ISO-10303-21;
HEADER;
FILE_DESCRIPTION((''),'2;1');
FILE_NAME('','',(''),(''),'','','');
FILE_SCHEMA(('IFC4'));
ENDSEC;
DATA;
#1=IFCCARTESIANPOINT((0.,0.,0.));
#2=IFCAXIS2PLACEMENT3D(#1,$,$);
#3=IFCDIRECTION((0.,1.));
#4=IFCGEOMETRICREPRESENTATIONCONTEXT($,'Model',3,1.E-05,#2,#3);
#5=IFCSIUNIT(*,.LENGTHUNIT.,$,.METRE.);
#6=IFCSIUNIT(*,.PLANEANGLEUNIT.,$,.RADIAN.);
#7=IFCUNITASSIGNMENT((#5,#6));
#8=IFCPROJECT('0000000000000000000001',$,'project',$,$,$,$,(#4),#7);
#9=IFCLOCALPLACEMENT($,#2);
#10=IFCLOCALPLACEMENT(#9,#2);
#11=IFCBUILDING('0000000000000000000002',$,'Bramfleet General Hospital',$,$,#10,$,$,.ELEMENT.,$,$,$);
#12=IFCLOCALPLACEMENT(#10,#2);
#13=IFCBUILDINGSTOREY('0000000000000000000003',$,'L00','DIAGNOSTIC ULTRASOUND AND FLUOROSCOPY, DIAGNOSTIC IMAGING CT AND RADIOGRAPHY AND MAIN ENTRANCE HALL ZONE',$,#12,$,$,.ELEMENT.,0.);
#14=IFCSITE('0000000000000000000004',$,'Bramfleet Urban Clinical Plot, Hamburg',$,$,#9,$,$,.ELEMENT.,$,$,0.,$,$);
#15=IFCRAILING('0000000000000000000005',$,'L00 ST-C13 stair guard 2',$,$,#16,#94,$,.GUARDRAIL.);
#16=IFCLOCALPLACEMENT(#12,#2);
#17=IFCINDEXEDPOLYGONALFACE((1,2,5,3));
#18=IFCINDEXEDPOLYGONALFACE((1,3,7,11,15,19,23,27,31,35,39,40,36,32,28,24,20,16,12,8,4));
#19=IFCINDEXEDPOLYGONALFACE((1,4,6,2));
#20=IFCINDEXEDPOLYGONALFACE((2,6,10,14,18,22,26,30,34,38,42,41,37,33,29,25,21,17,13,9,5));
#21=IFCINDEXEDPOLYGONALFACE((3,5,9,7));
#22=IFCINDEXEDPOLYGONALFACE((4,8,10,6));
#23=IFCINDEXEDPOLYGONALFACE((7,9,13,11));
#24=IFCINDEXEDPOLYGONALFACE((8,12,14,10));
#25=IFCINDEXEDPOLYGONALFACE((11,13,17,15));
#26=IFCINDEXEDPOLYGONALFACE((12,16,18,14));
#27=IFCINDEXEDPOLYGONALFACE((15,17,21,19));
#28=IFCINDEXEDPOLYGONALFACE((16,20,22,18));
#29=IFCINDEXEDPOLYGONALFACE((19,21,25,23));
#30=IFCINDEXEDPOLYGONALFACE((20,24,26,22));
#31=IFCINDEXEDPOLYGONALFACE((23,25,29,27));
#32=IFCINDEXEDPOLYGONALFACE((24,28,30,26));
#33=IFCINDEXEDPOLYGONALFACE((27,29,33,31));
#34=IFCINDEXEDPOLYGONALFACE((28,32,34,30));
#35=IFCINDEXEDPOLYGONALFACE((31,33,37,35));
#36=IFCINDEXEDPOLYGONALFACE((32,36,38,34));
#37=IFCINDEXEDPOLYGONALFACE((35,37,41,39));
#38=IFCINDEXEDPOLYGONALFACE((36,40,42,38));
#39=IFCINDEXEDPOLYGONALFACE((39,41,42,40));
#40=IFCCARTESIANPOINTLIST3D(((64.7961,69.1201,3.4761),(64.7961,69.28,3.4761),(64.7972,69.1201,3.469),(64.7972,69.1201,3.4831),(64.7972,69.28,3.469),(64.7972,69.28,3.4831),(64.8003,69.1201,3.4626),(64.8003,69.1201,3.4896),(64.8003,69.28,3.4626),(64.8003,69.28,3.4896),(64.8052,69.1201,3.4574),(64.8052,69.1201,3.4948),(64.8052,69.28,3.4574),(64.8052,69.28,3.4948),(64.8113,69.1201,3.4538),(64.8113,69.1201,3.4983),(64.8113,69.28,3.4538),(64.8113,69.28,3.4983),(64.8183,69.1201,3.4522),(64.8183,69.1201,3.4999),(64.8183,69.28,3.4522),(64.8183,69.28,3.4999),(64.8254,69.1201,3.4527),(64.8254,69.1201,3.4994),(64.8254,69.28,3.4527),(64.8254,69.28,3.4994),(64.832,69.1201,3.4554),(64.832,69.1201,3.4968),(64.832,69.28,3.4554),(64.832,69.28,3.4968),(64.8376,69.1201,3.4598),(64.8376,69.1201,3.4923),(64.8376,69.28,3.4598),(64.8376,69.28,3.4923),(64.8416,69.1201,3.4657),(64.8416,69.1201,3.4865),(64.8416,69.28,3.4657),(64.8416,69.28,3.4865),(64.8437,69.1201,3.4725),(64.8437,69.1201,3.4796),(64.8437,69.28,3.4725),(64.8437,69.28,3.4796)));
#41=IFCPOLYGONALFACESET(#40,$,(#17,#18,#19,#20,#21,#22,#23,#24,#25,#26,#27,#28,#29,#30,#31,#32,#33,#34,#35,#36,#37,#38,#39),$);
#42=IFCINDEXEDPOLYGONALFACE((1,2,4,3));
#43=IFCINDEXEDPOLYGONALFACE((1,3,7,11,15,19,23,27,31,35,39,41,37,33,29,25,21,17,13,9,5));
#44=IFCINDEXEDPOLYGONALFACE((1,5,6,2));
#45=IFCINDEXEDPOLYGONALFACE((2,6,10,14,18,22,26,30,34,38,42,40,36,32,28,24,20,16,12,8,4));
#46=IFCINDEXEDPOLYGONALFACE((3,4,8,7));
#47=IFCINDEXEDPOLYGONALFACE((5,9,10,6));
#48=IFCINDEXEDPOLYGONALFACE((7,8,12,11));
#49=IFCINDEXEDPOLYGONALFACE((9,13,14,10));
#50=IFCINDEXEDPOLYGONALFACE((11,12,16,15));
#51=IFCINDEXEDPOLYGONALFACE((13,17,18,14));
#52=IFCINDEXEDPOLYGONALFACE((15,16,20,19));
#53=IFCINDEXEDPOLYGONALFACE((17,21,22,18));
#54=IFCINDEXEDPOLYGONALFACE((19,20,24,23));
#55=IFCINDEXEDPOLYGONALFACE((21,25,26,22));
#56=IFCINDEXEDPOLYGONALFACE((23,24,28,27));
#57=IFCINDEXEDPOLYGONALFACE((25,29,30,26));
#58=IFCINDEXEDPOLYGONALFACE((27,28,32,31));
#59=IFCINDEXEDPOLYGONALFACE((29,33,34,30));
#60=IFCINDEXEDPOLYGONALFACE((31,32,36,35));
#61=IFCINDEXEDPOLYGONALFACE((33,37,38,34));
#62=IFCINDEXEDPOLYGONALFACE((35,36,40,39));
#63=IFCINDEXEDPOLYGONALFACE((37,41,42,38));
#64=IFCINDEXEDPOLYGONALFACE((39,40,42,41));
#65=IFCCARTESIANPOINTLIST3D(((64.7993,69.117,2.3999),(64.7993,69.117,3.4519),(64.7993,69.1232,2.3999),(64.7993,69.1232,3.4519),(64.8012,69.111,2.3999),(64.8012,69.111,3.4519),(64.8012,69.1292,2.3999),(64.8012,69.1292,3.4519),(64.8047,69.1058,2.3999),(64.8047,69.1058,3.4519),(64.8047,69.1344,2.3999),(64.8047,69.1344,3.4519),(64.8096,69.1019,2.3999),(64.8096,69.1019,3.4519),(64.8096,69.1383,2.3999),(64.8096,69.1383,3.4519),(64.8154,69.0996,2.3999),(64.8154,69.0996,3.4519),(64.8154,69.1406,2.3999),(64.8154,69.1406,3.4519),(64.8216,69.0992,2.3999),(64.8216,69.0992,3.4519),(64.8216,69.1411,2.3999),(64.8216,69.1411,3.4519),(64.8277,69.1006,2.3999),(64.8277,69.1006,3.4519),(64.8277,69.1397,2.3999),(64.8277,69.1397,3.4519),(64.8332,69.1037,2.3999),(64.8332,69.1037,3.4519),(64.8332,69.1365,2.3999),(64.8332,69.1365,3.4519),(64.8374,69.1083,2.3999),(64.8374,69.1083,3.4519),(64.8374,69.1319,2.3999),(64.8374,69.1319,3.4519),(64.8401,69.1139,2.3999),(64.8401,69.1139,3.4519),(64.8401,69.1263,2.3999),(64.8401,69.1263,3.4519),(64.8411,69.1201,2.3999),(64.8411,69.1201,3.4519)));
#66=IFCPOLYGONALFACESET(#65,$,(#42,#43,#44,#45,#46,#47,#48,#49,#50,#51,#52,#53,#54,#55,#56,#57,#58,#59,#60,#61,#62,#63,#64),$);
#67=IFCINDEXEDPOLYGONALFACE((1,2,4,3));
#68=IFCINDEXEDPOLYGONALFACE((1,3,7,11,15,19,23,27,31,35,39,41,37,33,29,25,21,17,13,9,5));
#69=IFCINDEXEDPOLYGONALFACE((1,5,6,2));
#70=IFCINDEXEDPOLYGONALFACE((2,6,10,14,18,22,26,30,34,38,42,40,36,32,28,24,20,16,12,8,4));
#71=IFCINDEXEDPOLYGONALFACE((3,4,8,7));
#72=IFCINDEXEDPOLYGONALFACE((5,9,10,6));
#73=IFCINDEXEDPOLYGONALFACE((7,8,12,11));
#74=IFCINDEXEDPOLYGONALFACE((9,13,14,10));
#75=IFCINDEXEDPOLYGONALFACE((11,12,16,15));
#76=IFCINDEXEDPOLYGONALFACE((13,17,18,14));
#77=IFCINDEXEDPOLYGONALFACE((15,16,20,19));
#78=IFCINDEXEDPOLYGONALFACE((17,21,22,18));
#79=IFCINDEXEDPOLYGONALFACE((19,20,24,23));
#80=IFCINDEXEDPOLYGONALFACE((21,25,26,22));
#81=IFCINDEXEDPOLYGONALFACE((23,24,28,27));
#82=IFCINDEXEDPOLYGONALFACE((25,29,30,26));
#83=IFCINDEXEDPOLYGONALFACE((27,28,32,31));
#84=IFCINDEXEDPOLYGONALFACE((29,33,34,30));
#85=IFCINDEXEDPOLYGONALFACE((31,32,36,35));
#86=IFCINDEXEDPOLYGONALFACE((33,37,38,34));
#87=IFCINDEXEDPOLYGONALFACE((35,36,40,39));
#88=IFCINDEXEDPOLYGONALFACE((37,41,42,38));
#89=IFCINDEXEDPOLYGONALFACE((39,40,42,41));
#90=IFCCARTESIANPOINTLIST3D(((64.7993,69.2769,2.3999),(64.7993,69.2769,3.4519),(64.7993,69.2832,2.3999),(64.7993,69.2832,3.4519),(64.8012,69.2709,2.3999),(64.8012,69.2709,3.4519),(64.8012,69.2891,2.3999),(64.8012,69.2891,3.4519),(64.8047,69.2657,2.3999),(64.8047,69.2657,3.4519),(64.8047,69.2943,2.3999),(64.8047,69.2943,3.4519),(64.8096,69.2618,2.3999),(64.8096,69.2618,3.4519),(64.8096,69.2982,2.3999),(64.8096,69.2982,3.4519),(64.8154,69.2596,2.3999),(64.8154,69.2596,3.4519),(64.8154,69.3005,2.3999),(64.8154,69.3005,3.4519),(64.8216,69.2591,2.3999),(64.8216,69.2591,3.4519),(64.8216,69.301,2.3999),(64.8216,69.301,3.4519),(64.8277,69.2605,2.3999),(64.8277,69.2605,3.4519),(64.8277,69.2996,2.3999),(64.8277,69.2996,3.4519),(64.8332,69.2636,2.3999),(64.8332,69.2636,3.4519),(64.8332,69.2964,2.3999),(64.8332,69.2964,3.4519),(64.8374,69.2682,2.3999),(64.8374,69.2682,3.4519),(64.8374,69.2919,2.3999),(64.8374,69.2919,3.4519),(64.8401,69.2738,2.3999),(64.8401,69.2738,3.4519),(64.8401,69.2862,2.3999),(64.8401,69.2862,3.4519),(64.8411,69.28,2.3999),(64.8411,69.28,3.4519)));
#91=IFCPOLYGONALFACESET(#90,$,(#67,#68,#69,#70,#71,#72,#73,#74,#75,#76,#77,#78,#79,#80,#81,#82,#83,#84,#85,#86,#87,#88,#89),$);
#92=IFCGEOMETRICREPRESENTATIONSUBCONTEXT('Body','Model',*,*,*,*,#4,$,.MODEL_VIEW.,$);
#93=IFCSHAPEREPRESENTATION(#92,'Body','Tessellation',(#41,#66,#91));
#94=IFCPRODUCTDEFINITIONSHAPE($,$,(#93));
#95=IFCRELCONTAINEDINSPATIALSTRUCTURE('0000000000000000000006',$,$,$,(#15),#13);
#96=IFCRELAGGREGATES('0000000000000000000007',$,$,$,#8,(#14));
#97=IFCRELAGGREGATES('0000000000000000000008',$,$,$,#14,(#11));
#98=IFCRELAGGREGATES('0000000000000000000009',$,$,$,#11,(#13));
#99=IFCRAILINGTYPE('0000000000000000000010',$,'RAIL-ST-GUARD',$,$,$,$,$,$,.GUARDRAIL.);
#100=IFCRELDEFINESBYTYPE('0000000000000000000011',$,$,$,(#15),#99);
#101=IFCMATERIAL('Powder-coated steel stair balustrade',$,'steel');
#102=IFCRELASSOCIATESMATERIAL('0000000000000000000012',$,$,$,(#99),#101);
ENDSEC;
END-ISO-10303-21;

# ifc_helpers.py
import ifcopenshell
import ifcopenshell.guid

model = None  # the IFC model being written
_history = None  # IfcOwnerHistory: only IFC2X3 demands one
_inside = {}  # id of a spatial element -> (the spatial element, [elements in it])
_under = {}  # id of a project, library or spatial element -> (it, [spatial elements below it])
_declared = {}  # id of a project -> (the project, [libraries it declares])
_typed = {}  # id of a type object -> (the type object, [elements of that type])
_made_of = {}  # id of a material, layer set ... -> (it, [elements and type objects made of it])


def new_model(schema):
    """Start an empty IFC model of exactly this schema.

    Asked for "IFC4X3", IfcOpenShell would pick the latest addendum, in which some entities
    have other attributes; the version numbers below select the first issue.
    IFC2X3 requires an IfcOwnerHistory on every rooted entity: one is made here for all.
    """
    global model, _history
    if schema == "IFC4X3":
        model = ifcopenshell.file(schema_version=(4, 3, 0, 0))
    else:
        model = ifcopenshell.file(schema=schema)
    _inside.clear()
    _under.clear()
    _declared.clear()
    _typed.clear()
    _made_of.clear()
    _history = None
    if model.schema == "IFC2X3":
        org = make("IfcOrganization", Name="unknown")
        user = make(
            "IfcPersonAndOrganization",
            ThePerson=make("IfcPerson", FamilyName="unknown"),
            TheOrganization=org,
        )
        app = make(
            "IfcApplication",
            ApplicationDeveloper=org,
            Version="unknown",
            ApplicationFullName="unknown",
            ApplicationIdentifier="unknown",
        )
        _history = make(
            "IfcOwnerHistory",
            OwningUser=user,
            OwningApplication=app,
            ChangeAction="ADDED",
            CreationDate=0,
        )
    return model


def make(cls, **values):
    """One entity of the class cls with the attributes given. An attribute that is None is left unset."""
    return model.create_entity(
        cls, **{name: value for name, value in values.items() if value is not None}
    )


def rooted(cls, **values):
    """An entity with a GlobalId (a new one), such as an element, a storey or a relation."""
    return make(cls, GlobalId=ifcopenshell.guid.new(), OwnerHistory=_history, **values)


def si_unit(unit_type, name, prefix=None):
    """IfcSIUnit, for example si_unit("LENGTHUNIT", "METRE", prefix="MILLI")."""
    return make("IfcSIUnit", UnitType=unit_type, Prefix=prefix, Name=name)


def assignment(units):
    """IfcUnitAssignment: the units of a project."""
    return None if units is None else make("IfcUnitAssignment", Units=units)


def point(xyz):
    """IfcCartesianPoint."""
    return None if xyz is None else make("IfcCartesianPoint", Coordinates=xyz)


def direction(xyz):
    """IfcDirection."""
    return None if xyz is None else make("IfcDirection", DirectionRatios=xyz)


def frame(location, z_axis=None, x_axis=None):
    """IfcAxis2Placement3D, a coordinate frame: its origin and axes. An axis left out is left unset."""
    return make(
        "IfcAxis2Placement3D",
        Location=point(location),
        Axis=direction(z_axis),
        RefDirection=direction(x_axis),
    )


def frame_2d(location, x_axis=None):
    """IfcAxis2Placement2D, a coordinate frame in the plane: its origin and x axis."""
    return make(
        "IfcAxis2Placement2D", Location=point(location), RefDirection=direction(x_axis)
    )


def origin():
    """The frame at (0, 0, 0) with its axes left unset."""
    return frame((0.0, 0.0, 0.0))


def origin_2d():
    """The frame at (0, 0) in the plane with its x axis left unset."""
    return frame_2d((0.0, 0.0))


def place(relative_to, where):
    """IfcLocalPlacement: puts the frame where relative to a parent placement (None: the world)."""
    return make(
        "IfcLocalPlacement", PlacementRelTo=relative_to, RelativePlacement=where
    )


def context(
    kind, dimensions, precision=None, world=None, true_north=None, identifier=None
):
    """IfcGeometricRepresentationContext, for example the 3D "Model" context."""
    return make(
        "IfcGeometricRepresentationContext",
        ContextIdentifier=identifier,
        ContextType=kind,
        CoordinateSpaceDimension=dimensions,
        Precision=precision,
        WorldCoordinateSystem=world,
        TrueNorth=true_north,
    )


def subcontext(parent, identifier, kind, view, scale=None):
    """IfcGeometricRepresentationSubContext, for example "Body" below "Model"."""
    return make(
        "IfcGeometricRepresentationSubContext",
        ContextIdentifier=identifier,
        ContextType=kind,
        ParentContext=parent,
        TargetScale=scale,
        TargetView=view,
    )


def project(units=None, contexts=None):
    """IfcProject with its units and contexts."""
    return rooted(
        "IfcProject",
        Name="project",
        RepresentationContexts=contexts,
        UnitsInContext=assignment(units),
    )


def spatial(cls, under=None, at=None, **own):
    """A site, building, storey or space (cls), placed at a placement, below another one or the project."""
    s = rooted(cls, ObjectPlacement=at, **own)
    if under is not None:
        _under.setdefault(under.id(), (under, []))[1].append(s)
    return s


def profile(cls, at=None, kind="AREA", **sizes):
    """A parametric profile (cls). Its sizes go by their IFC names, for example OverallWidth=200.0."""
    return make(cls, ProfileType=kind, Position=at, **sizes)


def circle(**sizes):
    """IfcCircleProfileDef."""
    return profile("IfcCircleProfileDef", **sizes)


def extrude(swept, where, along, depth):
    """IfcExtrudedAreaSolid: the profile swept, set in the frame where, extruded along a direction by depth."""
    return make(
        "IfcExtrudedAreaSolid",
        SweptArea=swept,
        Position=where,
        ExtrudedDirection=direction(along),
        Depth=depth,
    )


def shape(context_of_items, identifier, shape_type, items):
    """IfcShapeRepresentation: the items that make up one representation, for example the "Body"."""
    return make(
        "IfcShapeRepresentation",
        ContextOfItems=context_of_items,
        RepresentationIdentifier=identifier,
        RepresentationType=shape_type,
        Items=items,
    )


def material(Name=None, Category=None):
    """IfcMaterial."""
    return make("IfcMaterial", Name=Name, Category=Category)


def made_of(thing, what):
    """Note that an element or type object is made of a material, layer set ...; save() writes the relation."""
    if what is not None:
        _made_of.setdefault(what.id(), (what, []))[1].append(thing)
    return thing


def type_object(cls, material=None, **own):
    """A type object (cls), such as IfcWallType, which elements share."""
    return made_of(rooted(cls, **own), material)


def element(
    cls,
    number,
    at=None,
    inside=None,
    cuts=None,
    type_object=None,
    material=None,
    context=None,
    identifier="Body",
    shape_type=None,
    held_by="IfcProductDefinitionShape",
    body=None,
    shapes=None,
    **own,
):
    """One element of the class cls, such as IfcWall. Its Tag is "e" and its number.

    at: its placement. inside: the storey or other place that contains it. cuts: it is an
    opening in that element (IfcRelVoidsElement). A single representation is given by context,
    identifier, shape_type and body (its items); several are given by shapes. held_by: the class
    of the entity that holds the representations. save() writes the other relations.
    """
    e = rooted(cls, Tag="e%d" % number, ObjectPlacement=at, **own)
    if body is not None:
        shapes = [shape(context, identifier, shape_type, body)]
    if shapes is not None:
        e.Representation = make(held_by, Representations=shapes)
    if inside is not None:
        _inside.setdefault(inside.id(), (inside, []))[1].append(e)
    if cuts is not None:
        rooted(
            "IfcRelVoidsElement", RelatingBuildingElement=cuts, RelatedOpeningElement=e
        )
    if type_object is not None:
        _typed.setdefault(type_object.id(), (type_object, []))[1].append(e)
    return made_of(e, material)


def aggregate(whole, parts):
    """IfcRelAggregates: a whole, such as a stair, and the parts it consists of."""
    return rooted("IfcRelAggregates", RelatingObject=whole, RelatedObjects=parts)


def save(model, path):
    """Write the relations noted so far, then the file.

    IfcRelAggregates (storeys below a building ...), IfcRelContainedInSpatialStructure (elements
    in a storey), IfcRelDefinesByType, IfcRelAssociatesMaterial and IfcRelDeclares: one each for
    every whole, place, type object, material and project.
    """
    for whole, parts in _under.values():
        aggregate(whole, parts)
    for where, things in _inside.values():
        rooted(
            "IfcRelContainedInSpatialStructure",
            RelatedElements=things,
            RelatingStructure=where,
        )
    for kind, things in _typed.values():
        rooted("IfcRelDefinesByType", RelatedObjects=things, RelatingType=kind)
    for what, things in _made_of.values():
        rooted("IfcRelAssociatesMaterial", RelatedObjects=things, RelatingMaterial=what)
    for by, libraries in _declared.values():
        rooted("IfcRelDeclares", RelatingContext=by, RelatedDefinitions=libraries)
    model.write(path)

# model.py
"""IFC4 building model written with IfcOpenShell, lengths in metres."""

from ifc_helpers import new_model, si_unit, direction, frame, origin, origin_2d, place, context, subcontext, project, spatial, circle, extrude, material, type_object, element, save


model = new_model("IFC4")

# Units and contexts
model_context = context("Model", 3, precision=1e-05, world=origin(), true_north=direction((0.0, 1.0)))
body_context = subcontext(model_context, "Body", "Model", "MODEL_VIEW")
ifc_project = project(units=[si_unit("LENGTHUNIT", "METRE"), si_unit("PLANEANGLEUNIT", "RADIAN")], contexts=[model_context])

# Site, building, storey
site_placement = place(None, origin())
site = spatial("IfcSite", under=ifc_project, at=site_placement, Name="Bramfleet Urban Clinical Plot, Hamburg", CompositionType="ELEMENT", RefElevation=0.0)
building_placement = place(site_placement, origin())
building = spatial("IfcBuilding", under=site, at=building_placement, Name="Bramfleet General Hospital", CompositionType="ELEMENT")
storey_placement = place(building_placement, origin())
storey = spatial("IfcBuildingStorey", under=building, at=storey_placement, Name="L00", Description="DIAGNOSTIC ULTRASOUND AND FLUOROSCOPY, DIAGNOSTIC IMAGING CT AND RADIOGRAPHY AND MAIN ENTRANCE HALL ZONE", CompositionType="ELEMENT", Elevation=0.0)

# Railing
ifc_material_1 = material(Name="Powder-coated steel stair balustrade", Category="steel")
railing_type_1 = type_object("IfcRailingType", Name="RAIL-ST-GUARD", PredefinedType="GUARDRAIL", material=ifc_material_1)
railing_1_placement = place(storey_placement, frame((64.8201, 69.1201, 2.3999)))
element("IfcRailing", 1, at=railing_1_placement, inside=storey, type_object=railing_type_1, Name="L00 ST-C13 stair guard 2", PredefinedType="GUARDRAIL", context=body_context, shape_type="SweptSolid", body=[
    extrude(circle(Radius=0.0239, at=origin_2d()), frame((0.0, 0.0, 1.0762), z_axis=(0.0, 1.0, 0.0), x_axis=(-1.0, 0.0, 0.0)), (0.0, 0.0, 1.0), 0.1599),
    extrude(circle(Radius=0.021, at=origin_2d()), origin(), (0.0, 0.0, 1.0), 1.052),
    extrude(circle(Radius=0.021, at=origin_2d()), frame((0.0, 0.1599, 0.0)), (0.0, 0.0, 1.0), 1.052),
])

save(model, "model.ifc")
